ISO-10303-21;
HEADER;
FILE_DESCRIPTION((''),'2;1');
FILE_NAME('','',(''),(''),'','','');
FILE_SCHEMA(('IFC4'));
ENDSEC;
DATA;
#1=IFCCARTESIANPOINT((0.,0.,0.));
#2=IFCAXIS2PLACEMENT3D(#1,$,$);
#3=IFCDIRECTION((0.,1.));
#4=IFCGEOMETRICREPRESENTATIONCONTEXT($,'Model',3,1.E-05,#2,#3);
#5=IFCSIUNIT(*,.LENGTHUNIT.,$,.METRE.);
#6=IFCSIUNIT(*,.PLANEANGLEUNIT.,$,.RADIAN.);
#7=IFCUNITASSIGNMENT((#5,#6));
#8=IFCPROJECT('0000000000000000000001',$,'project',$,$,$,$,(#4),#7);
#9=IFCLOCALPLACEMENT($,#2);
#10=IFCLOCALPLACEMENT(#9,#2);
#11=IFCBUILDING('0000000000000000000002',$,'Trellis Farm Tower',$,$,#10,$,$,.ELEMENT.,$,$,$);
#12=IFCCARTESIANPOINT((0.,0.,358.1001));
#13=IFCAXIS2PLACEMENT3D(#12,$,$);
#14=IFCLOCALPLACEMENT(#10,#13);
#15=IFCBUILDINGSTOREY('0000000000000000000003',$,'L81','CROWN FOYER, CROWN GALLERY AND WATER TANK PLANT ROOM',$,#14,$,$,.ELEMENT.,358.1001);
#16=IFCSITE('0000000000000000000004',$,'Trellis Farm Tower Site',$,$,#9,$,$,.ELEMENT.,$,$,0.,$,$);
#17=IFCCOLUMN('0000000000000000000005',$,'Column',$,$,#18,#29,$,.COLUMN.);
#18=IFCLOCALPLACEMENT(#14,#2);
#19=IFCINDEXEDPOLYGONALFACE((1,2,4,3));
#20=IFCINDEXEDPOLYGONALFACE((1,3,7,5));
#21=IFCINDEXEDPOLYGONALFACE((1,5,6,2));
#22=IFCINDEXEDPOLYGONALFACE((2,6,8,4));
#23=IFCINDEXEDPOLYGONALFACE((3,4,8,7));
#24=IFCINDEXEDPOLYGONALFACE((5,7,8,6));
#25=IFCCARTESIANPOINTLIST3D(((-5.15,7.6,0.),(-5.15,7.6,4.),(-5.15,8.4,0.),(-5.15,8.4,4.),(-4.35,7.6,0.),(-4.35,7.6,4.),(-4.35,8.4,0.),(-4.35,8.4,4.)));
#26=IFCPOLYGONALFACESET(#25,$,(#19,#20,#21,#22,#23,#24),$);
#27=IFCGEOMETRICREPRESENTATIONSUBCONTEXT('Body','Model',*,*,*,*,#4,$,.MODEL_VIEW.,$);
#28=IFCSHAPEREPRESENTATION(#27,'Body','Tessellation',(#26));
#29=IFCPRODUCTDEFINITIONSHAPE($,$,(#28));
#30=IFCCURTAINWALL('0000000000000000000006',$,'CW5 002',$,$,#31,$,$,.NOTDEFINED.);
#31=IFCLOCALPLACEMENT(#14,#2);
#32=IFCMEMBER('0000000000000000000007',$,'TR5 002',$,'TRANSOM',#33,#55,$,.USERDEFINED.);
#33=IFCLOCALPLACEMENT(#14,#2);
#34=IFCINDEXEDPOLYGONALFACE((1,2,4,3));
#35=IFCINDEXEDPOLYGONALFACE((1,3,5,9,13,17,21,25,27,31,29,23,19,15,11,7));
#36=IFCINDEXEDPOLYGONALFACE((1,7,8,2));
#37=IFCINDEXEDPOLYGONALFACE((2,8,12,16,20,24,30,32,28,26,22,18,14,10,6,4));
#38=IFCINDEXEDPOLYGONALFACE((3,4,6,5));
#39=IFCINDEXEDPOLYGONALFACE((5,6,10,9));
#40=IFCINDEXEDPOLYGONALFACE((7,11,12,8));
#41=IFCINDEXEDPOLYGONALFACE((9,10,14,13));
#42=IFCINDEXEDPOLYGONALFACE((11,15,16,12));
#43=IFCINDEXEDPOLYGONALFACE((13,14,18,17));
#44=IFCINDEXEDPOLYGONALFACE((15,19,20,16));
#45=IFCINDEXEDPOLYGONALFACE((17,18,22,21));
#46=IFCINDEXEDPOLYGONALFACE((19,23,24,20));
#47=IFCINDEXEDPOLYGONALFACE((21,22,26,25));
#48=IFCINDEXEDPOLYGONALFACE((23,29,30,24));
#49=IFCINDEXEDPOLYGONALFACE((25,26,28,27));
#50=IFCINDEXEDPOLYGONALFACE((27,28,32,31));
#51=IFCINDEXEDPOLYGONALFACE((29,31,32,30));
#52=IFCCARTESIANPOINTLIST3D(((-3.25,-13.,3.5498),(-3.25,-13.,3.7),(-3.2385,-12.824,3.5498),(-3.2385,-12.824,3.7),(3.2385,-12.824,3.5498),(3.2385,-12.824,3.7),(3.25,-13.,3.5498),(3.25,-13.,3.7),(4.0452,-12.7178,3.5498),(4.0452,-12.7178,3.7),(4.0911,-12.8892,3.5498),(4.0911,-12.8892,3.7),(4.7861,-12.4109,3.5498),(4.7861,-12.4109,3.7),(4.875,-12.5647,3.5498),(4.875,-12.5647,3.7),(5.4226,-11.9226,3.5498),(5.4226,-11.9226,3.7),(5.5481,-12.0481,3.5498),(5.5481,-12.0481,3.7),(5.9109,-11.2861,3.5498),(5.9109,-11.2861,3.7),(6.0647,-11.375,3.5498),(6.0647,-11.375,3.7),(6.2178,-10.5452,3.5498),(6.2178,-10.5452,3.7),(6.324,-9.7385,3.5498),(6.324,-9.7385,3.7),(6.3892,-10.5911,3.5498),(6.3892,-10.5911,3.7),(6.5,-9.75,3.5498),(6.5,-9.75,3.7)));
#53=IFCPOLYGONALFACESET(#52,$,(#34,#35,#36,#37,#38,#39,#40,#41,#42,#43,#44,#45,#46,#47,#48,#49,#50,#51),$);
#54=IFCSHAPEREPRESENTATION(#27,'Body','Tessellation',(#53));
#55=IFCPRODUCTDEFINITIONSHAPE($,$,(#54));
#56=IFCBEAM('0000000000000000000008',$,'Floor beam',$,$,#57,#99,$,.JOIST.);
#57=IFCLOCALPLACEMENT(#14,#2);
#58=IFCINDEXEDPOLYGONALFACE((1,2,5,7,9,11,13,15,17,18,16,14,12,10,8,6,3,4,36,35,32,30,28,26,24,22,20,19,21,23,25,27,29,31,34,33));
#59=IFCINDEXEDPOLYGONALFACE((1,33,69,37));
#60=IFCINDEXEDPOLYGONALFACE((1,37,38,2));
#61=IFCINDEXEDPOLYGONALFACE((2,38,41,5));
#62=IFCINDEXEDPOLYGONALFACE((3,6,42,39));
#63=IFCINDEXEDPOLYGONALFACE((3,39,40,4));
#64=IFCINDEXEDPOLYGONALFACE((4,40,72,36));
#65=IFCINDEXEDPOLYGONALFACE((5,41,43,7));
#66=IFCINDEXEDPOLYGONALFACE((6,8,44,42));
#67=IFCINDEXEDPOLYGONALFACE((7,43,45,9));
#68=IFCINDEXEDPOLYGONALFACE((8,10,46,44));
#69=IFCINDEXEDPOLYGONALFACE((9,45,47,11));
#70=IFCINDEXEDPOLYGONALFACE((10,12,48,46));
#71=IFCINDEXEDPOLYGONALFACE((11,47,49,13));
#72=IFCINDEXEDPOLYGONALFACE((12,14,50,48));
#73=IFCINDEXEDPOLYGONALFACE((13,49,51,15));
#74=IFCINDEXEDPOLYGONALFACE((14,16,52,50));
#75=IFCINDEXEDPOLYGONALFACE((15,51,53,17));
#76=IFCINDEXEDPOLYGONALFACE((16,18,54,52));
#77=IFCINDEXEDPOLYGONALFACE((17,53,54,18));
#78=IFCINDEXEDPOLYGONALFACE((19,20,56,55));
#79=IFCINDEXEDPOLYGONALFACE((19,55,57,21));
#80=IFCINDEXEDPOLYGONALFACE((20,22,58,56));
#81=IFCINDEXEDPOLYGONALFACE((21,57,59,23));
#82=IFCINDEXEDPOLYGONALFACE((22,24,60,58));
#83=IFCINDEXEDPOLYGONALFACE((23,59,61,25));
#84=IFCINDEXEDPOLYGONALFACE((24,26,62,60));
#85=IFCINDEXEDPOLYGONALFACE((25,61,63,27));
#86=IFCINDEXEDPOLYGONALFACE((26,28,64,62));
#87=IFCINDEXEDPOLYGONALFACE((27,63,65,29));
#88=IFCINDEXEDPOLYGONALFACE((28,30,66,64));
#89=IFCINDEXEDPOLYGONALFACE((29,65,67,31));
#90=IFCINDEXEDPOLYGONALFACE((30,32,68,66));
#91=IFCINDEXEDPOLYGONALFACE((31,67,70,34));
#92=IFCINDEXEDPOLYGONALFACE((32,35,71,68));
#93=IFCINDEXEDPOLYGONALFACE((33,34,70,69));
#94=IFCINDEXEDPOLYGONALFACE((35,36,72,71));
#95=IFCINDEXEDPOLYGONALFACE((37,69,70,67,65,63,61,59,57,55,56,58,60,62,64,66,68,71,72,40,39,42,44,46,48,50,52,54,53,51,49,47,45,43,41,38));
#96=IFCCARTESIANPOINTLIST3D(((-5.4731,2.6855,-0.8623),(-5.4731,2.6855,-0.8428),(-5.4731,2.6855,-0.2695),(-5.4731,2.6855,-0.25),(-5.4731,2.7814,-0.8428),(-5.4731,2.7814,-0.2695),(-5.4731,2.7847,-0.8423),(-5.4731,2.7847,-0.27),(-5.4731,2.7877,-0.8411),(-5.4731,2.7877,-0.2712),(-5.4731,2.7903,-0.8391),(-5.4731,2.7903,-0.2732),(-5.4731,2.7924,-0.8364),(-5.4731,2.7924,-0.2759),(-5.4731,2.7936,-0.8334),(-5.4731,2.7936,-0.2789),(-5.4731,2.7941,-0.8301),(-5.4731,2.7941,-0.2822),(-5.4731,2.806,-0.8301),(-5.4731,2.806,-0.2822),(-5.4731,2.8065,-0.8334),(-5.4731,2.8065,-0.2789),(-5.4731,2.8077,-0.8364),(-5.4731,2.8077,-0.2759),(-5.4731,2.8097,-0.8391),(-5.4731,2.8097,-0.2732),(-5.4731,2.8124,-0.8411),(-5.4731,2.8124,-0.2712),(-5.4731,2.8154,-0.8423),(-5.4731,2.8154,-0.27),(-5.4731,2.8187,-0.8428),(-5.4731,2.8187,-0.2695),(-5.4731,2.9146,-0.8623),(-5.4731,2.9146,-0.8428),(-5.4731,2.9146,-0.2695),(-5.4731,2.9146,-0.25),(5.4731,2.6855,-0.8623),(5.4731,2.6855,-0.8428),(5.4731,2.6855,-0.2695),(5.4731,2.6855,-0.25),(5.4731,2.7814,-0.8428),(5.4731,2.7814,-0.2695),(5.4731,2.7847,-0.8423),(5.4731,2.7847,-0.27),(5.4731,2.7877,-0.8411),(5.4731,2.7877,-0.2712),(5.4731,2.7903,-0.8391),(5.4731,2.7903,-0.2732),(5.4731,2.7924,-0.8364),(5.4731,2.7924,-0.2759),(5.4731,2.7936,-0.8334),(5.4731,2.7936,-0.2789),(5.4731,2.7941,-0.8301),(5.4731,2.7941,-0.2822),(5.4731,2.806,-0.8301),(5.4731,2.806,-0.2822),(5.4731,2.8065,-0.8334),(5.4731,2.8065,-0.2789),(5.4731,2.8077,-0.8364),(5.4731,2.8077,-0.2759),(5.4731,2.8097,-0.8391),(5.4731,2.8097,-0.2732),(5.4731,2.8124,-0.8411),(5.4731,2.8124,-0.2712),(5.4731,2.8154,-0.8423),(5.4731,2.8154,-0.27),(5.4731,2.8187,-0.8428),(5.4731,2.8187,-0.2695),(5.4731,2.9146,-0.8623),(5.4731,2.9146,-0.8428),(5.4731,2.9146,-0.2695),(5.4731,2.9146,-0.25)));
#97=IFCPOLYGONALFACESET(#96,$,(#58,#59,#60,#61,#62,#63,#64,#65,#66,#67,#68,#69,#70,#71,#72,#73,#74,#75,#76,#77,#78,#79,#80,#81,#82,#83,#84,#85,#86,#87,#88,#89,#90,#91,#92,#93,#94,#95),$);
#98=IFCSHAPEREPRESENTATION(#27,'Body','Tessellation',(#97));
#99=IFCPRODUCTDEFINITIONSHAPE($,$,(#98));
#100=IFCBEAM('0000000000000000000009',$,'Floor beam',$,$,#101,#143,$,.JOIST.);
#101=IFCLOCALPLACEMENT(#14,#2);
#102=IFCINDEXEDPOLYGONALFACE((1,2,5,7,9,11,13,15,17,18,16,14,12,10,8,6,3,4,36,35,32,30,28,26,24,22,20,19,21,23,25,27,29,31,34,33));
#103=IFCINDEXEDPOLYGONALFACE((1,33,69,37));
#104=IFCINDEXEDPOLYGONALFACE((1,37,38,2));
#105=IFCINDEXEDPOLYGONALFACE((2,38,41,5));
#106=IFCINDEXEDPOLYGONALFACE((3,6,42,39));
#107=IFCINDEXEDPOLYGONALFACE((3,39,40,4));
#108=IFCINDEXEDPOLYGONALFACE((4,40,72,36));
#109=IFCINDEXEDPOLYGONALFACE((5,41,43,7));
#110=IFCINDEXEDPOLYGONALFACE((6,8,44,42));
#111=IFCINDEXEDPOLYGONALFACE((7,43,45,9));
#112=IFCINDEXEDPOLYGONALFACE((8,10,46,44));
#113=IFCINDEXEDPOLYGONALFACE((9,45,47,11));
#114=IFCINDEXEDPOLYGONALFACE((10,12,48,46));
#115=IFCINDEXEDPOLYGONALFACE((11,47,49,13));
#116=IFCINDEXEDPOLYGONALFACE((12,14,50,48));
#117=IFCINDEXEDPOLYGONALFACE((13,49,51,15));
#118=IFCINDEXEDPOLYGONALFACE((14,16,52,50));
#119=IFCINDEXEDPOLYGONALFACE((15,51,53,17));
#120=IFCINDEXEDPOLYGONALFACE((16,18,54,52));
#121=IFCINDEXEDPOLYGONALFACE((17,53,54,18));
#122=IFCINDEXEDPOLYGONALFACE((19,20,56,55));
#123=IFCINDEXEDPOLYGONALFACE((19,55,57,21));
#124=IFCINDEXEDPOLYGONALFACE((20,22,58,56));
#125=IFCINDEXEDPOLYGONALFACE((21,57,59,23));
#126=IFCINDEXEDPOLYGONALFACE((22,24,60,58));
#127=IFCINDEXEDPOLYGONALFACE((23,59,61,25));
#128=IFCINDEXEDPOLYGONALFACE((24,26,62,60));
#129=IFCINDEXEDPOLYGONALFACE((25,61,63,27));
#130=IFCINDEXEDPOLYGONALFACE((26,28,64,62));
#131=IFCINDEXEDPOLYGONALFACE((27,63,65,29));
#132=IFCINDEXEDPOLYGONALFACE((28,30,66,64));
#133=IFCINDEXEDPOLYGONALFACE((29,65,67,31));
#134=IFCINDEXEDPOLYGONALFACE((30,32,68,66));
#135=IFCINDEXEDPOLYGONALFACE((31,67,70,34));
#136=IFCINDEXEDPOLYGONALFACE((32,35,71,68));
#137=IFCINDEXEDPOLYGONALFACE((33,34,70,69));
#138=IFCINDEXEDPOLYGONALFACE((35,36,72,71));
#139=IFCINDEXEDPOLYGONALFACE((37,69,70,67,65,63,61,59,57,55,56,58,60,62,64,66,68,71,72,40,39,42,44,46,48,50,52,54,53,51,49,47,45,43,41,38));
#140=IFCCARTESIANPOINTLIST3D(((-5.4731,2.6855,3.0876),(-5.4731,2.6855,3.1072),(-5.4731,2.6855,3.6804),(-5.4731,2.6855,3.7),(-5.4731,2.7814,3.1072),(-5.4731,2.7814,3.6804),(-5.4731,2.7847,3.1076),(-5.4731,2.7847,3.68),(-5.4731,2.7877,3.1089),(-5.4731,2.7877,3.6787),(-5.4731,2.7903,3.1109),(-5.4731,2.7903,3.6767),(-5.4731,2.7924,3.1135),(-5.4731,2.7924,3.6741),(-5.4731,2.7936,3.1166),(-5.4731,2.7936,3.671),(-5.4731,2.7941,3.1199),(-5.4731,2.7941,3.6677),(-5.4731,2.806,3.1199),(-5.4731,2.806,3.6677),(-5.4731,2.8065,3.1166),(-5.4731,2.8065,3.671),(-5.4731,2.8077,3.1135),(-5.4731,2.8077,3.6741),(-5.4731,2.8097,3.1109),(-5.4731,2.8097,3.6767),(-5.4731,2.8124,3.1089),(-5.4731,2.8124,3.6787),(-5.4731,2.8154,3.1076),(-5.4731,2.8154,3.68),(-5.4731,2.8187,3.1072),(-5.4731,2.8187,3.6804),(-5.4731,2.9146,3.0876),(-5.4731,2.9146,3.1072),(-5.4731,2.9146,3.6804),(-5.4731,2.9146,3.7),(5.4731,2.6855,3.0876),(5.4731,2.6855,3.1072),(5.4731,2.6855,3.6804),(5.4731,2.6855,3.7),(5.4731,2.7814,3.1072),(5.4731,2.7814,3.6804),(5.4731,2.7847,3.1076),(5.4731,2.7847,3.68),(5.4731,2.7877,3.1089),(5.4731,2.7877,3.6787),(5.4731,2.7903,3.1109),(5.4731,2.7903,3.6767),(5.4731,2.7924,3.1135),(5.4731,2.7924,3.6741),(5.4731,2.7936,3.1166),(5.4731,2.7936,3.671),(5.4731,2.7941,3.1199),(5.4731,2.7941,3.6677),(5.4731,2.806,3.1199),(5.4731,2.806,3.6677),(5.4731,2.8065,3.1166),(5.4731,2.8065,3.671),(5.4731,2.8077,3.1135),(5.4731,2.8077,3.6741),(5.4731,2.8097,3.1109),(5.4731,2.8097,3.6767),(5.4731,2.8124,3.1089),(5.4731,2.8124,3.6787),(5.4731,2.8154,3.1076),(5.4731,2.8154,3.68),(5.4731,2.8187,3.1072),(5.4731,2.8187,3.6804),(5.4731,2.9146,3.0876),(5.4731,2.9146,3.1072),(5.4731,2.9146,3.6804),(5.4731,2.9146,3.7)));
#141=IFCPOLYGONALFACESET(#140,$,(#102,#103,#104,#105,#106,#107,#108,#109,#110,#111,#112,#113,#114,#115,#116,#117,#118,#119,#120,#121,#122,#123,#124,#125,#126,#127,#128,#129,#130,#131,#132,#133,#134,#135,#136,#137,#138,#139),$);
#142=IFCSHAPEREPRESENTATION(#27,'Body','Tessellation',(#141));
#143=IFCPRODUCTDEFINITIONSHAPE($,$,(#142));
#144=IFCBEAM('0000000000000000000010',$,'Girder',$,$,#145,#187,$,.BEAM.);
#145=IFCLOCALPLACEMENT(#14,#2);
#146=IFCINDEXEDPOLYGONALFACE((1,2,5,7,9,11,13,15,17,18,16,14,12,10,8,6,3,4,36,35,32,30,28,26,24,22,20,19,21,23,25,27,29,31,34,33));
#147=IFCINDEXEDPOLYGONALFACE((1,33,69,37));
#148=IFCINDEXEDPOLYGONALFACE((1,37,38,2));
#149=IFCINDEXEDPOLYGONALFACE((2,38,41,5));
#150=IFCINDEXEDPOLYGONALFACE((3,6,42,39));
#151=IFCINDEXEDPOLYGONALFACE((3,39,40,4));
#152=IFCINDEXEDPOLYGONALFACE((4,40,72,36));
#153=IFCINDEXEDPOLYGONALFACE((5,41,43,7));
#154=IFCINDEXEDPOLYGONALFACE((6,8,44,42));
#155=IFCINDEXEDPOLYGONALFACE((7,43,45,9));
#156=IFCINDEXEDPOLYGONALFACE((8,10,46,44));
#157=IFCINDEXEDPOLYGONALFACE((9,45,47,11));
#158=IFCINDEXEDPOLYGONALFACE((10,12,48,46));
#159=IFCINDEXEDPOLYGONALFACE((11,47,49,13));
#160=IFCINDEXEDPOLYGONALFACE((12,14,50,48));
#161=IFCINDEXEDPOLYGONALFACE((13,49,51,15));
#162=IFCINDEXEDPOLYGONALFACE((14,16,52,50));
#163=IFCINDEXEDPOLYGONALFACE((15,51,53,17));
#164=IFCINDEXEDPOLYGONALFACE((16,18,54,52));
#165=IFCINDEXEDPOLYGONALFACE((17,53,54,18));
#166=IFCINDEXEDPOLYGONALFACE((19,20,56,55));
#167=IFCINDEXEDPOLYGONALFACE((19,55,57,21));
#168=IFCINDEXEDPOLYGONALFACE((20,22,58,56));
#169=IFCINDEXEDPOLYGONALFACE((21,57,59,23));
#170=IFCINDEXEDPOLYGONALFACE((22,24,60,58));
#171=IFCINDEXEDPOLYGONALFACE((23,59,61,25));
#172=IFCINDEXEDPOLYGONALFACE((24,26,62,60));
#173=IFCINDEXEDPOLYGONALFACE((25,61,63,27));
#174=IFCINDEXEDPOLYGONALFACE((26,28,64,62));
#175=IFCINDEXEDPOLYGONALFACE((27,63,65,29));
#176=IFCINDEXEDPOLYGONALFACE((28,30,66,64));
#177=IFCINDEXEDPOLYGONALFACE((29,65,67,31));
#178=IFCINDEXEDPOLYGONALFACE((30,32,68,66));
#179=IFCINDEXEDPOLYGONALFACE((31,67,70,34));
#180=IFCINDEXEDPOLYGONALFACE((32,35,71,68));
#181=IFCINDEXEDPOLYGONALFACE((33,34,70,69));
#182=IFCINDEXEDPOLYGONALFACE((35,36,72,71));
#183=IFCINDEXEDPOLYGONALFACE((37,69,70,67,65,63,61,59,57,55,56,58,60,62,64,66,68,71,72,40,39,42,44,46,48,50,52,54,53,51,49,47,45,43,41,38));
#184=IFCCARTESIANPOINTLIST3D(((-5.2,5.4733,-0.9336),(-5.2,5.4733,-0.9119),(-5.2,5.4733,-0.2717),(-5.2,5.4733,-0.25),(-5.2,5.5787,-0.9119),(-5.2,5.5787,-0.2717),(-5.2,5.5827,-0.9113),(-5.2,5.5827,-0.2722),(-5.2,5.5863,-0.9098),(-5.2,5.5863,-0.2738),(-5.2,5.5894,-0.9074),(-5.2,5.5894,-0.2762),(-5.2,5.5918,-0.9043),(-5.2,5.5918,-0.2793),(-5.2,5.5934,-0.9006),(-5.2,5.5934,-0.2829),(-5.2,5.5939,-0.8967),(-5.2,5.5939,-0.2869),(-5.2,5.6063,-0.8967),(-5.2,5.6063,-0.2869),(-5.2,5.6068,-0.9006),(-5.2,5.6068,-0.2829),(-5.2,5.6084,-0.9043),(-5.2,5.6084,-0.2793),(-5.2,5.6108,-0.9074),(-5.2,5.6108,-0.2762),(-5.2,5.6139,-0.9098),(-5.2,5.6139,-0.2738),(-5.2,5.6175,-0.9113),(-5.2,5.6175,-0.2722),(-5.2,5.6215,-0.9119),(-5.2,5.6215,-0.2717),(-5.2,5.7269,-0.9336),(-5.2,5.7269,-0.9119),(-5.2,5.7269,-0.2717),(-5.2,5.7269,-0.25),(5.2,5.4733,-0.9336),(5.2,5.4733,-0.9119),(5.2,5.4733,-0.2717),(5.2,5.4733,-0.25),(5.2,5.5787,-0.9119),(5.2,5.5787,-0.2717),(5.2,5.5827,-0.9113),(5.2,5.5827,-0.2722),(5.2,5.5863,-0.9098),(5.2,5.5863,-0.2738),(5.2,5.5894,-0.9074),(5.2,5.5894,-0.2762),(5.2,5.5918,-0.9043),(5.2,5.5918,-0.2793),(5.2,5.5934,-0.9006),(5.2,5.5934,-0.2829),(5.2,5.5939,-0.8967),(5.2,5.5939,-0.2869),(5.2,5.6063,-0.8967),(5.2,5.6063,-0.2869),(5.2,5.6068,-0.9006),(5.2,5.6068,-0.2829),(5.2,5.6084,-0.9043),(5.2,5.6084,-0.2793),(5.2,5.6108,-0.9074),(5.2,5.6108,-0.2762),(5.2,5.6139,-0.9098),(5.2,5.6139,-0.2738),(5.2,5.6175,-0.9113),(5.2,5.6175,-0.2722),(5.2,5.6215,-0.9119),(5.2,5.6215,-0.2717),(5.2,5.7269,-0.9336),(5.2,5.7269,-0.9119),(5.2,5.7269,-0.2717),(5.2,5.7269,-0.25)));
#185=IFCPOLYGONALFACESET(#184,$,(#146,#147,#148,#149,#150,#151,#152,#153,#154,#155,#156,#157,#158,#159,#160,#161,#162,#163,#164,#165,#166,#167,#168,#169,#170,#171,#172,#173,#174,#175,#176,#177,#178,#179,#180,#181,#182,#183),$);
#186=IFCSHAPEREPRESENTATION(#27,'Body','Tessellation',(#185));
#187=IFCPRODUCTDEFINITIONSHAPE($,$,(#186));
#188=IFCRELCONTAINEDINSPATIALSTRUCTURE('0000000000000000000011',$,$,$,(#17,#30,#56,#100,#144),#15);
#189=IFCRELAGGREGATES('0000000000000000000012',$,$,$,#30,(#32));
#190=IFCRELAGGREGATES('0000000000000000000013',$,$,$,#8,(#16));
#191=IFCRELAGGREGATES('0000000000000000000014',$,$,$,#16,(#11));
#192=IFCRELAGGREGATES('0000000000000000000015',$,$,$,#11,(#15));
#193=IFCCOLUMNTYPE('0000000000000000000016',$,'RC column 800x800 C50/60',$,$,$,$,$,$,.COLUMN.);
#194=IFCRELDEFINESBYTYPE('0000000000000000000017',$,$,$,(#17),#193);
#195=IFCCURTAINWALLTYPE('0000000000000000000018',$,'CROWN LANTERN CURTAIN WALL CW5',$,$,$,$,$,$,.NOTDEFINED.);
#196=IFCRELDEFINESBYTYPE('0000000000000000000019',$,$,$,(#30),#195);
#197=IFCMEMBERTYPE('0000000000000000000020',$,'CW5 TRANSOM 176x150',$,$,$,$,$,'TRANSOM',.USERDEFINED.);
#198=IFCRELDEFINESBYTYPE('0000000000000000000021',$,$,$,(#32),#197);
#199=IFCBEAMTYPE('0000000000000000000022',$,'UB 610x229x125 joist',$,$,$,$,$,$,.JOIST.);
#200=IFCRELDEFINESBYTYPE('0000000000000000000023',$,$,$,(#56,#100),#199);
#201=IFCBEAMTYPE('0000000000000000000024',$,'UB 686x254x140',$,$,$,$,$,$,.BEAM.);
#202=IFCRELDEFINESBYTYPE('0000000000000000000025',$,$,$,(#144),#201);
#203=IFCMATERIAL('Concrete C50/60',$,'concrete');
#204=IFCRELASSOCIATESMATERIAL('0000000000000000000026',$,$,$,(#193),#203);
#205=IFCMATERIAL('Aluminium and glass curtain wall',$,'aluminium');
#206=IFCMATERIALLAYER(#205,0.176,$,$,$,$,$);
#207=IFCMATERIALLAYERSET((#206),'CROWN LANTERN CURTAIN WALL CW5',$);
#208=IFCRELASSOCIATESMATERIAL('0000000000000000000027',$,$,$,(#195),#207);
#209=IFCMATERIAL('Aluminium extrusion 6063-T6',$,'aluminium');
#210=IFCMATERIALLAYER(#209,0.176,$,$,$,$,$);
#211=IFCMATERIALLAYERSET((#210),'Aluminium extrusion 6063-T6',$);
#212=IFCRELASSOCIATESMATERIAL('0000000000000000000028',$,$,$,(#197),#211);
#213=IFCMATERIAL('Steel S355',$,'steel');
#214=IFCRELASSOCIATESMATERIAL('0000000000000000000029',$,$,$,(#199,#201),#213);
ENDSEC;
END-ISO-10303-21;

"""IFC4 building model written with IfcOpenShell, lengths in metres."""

from ifc_helpers import new_model, si_unit, direction, frame, origin, origin_2d, place, context, subcontext, project, spatial, polyline, rectangle, i_section, outline, extrude, source, transform, mapped, material, layer, layer_set, material_profile, profile_set, type_object, element, aggregate, save


model = new_model("IFC4")

# Units and contexts
model_context = context("Model", 3, precision=1e-05, world=origin(), true_north=direction((0.0, 1.0)))
body_context = subcontext(model_context, "Body", "Model", "MODEL_VIEW")
ifc_project = project(units=[si_unit("LENGTHUNIT", "METRE"), si_unit("PLANEANGLEUNIT", "RADIAN")], contexts=[model_context])

# Site, building, storey
site_placement = place(None, origin())
site = spatial("IfcSite", under=ifc_project, at=site_placement, Name="Trellis Farm Tower Site", CompositionType="ELEMENT", RefElevation=0.0)
building_placement = place(site_placement, origin())
building = spatial("IfcBuilding", under=site, at=building_placement, Name="Trellis Farm Tower", CompositionType="ELEMENT")
storey_placement = place(building_placement, frame((0.0, 0.0, 358.1001)))
storey = spatial("IfcBuildingStorey", under=building, at=storey_placement, Name="L81", Description="CROWN FOYER, CROWN GALLERY AND WATER TANK PLANT ROOM", CompositionType="ELEMENT", Elevation=358.1001)

# Column
ifc_material_1 = material(Name="Concrete C50/60", Category="concrete")
ifc_material_profile_1 = material_profile(ifc_material_1, rectangle(XDim=0.8, YDim=0.8, at=origin_2d()), Name="RC column 800x800 C50/60")
ifc_profile_set_1 = profile_set([ifc_material_profile_1], Name="Concrete C50/60")
column_type = type_object("IfcColumnType", Name="RC column 800x800 C50/60", PredefinedType="COLUMN", material=ifc_profile_set_1)
shared_shape_1 = source(origin(), body_context, "Body", "SweptSolid", [
    extrude(rectangle(XDim=0.8, YDim=0.8, at=origin_2d()), origin(), (0.0, 0.0, 1.0), 4.0),
])
column_placement = place(storey_placement, frame((-4.75, 8.0, 0.0), z_axis=(0.0, 0.0, 1.0), x_axis=(1.0, 0.0, 0.0)))
element("IfcColumn", 1, at=column_placement, inside=storey, type_object=column_type, Name="Column", PredefinedType="COLUMN", context=body_context, shape_type="MappedRepresentation", body=[
    mapped(shared_shape_1, transform((0.0, 0.0, 0.0))),
])

# Curtain wall, member
ifc_material_2 = material(Name="Aluminium and glass curtain wall", Category="aluminium")
ifc_layer_1 = layer(ifc_material_2, 0.176)
ifc_layer_set_1 = layer_set([ifc_layer_1], Name="CROWN LANTERN CURTAIN WALL CW5")
curtain_wall_type = type_object("IfcCurtainWallType", Name="CROWN LANTERN CURTAIN WALL CW5", PredefinedType="NOTDEFINED", material=ifc_layer_set_1)
placement_1 = place(storey_placement, origin())
curtain_wall_1 = element("IfcCurtainWall", 2, at=placement_1, inside=storey, type_object=curtain_wall_type, Name="CW5 002", PredefinedType="NOTDEFINED")
ifc_material_3 = material(Name="Aluminium extrusion 6063-T6", Category="aluminium")
ifc_layer_2 = layer(ifc_material_3, 0.176)
ifc_layer_set_2 = layer_set([ifc_layer_2], Name="Aluminium extrusion 6063-T6")
member_type_1 = type_object("IfcMemberType", Name="CW5 TRANSOM 176x150", ElementType="TRANSOM", PredefinedType="USERDEFINED", material=ifc_layer_set_2)
placement_2 = place(storey_placement, frame((0.0, 0.0, 3.5498)))
member_1 = element("IfcMember", 3, at=placement_2, type_object=member_type_1, Name="TR5 002", ObjectType="TRANSOM", PredefinedType="USERDEFINED", context=body_context, shape_type="SweptSolid", body=[
    extrude(outline(polyline([(-3.25, -13.0), (3.25, -13.0), (4.0911, -12.8892), (4.875, -12.5647), (5.5481, -12.0481), (6.0647, -11.375), (6.3892, -10.5911), (6.5, -9.75), (6.324, -9.7385), (6.2178, -10.5452), (5.9109, -11.2861), (5.4226, -11.9226), (4.7861, -12.4109), (4.0452, -12.7178), (3.2385, -12.824), (-3.2385, -12.824), (-3.25, -13.0)])), origin(), (0.0, 0.0, 1.0), 0.1501),
])

# Beams
ifc_material_4 = material(Name="Steel S355", Category="steel")
ifc_material_profile_2 = material_profile(ifc_material_4, i_section(OverallWidth=0.229, OverallDepth=0.6123, WebThickness=0.012, FlangeThickness=0.0195, FilletRadius=0.0127, at=origin_2d()), Name="UB 610x229x125")
ifc_profile_set_2 = profile_set([ifc_material_profile_2], Name="Steel S355")
beam_type_1 = type_object("IfcBeamType", Name="UB 610x229x125 joist", PredefinedType="JOIST", material=ifc_profile_set_2)
shared_shape_2 = source(origin(), body_context, "Body", "SweptSolid", [
    extrude(i_section(OverallWidth=0.229, OverallDepth=0.6123, WebThickness=0.012, FlangeThickness=0.0195, FilletRadius=0.0127, at=origin_2d()), origin(), (0.0, 0.0, 1.0), 10.9463),
])
for number, where, z_axis, x_axis, name in (
    (4, (-5.4731, 2.8, -0.5562), (1.0, 0.0, 0.0), (0.0, 1.0, 0.0), "Floor beam"),
    (5, (-5.4731, 2.8, 3.3938), (1.0, 0.0, 0.0), (0.0, 1.0, 0.0), "Floor beam"),
):
    element("IfcBeam", number, at=place(storey_placement, frame(where, z_axis=z_axis, x_axis=x_axis)), inside=storey, type_object=beam_type_1, Name=name, PredefinedType="JOIST", context=body_context, shape_type="MappedRepresentation", body=[
        mapped(shared_shape_2, transform((0.0, 0.0, 0.0))),
    ])
ifc_material_profile_3 = material_profile(ifc_material_4, i_section(OverallWidth=0.2537, OverallDepth=0.6836, WebThickness=0.0125, FlangeThickness=0.0217, FilletRadius=0.0151, at=origin_2d()), Name="UB 686x254x140")
ifc_profile_set_3 = profile_set([ifc_material_profile_3], Name="Steel S355")
beam_type_2 = type_object("IfcBeamType", Name="UB 686x254x140", PredefinedType="BEAM", material=ifc_profile_set_3)
shared_shape_3 = source(origin(), body_context, "Body", "SweptSolid", [
    extrude(i_section(OverallWidth=0.2537, OverallDepth=0.6836, WebThickness=0.0125, FlangeThickness=0.0217, FilletRadius=0.0151, at=origin_2d()), origin(), (0.0, 0.0, 1.0), 10.3999),
])
for number, where, z_axis, x_axis, name in (
    (6, (-5.2, 5.6001, -0.5918), (1.0, 0.0, 0.0), (0.0, 1.0, 0.0), "Girder"),
):
    element("IfcBeam", number, at=place(storey_placement, frame(where, z_axis=z_axis, x_axis=x_axis)), inside=storey, type_object=beam_type_2, Name=name, PredefinedType="BEAM", context=body_context, shape_type="MappedRepresentation", body=[
        mapped(shared_shape_3, transform((0.0, 0.0, 0.0))),
    ])

aggregate(curtain_wall_1, [member_1])

save(model, "model.ifc")
